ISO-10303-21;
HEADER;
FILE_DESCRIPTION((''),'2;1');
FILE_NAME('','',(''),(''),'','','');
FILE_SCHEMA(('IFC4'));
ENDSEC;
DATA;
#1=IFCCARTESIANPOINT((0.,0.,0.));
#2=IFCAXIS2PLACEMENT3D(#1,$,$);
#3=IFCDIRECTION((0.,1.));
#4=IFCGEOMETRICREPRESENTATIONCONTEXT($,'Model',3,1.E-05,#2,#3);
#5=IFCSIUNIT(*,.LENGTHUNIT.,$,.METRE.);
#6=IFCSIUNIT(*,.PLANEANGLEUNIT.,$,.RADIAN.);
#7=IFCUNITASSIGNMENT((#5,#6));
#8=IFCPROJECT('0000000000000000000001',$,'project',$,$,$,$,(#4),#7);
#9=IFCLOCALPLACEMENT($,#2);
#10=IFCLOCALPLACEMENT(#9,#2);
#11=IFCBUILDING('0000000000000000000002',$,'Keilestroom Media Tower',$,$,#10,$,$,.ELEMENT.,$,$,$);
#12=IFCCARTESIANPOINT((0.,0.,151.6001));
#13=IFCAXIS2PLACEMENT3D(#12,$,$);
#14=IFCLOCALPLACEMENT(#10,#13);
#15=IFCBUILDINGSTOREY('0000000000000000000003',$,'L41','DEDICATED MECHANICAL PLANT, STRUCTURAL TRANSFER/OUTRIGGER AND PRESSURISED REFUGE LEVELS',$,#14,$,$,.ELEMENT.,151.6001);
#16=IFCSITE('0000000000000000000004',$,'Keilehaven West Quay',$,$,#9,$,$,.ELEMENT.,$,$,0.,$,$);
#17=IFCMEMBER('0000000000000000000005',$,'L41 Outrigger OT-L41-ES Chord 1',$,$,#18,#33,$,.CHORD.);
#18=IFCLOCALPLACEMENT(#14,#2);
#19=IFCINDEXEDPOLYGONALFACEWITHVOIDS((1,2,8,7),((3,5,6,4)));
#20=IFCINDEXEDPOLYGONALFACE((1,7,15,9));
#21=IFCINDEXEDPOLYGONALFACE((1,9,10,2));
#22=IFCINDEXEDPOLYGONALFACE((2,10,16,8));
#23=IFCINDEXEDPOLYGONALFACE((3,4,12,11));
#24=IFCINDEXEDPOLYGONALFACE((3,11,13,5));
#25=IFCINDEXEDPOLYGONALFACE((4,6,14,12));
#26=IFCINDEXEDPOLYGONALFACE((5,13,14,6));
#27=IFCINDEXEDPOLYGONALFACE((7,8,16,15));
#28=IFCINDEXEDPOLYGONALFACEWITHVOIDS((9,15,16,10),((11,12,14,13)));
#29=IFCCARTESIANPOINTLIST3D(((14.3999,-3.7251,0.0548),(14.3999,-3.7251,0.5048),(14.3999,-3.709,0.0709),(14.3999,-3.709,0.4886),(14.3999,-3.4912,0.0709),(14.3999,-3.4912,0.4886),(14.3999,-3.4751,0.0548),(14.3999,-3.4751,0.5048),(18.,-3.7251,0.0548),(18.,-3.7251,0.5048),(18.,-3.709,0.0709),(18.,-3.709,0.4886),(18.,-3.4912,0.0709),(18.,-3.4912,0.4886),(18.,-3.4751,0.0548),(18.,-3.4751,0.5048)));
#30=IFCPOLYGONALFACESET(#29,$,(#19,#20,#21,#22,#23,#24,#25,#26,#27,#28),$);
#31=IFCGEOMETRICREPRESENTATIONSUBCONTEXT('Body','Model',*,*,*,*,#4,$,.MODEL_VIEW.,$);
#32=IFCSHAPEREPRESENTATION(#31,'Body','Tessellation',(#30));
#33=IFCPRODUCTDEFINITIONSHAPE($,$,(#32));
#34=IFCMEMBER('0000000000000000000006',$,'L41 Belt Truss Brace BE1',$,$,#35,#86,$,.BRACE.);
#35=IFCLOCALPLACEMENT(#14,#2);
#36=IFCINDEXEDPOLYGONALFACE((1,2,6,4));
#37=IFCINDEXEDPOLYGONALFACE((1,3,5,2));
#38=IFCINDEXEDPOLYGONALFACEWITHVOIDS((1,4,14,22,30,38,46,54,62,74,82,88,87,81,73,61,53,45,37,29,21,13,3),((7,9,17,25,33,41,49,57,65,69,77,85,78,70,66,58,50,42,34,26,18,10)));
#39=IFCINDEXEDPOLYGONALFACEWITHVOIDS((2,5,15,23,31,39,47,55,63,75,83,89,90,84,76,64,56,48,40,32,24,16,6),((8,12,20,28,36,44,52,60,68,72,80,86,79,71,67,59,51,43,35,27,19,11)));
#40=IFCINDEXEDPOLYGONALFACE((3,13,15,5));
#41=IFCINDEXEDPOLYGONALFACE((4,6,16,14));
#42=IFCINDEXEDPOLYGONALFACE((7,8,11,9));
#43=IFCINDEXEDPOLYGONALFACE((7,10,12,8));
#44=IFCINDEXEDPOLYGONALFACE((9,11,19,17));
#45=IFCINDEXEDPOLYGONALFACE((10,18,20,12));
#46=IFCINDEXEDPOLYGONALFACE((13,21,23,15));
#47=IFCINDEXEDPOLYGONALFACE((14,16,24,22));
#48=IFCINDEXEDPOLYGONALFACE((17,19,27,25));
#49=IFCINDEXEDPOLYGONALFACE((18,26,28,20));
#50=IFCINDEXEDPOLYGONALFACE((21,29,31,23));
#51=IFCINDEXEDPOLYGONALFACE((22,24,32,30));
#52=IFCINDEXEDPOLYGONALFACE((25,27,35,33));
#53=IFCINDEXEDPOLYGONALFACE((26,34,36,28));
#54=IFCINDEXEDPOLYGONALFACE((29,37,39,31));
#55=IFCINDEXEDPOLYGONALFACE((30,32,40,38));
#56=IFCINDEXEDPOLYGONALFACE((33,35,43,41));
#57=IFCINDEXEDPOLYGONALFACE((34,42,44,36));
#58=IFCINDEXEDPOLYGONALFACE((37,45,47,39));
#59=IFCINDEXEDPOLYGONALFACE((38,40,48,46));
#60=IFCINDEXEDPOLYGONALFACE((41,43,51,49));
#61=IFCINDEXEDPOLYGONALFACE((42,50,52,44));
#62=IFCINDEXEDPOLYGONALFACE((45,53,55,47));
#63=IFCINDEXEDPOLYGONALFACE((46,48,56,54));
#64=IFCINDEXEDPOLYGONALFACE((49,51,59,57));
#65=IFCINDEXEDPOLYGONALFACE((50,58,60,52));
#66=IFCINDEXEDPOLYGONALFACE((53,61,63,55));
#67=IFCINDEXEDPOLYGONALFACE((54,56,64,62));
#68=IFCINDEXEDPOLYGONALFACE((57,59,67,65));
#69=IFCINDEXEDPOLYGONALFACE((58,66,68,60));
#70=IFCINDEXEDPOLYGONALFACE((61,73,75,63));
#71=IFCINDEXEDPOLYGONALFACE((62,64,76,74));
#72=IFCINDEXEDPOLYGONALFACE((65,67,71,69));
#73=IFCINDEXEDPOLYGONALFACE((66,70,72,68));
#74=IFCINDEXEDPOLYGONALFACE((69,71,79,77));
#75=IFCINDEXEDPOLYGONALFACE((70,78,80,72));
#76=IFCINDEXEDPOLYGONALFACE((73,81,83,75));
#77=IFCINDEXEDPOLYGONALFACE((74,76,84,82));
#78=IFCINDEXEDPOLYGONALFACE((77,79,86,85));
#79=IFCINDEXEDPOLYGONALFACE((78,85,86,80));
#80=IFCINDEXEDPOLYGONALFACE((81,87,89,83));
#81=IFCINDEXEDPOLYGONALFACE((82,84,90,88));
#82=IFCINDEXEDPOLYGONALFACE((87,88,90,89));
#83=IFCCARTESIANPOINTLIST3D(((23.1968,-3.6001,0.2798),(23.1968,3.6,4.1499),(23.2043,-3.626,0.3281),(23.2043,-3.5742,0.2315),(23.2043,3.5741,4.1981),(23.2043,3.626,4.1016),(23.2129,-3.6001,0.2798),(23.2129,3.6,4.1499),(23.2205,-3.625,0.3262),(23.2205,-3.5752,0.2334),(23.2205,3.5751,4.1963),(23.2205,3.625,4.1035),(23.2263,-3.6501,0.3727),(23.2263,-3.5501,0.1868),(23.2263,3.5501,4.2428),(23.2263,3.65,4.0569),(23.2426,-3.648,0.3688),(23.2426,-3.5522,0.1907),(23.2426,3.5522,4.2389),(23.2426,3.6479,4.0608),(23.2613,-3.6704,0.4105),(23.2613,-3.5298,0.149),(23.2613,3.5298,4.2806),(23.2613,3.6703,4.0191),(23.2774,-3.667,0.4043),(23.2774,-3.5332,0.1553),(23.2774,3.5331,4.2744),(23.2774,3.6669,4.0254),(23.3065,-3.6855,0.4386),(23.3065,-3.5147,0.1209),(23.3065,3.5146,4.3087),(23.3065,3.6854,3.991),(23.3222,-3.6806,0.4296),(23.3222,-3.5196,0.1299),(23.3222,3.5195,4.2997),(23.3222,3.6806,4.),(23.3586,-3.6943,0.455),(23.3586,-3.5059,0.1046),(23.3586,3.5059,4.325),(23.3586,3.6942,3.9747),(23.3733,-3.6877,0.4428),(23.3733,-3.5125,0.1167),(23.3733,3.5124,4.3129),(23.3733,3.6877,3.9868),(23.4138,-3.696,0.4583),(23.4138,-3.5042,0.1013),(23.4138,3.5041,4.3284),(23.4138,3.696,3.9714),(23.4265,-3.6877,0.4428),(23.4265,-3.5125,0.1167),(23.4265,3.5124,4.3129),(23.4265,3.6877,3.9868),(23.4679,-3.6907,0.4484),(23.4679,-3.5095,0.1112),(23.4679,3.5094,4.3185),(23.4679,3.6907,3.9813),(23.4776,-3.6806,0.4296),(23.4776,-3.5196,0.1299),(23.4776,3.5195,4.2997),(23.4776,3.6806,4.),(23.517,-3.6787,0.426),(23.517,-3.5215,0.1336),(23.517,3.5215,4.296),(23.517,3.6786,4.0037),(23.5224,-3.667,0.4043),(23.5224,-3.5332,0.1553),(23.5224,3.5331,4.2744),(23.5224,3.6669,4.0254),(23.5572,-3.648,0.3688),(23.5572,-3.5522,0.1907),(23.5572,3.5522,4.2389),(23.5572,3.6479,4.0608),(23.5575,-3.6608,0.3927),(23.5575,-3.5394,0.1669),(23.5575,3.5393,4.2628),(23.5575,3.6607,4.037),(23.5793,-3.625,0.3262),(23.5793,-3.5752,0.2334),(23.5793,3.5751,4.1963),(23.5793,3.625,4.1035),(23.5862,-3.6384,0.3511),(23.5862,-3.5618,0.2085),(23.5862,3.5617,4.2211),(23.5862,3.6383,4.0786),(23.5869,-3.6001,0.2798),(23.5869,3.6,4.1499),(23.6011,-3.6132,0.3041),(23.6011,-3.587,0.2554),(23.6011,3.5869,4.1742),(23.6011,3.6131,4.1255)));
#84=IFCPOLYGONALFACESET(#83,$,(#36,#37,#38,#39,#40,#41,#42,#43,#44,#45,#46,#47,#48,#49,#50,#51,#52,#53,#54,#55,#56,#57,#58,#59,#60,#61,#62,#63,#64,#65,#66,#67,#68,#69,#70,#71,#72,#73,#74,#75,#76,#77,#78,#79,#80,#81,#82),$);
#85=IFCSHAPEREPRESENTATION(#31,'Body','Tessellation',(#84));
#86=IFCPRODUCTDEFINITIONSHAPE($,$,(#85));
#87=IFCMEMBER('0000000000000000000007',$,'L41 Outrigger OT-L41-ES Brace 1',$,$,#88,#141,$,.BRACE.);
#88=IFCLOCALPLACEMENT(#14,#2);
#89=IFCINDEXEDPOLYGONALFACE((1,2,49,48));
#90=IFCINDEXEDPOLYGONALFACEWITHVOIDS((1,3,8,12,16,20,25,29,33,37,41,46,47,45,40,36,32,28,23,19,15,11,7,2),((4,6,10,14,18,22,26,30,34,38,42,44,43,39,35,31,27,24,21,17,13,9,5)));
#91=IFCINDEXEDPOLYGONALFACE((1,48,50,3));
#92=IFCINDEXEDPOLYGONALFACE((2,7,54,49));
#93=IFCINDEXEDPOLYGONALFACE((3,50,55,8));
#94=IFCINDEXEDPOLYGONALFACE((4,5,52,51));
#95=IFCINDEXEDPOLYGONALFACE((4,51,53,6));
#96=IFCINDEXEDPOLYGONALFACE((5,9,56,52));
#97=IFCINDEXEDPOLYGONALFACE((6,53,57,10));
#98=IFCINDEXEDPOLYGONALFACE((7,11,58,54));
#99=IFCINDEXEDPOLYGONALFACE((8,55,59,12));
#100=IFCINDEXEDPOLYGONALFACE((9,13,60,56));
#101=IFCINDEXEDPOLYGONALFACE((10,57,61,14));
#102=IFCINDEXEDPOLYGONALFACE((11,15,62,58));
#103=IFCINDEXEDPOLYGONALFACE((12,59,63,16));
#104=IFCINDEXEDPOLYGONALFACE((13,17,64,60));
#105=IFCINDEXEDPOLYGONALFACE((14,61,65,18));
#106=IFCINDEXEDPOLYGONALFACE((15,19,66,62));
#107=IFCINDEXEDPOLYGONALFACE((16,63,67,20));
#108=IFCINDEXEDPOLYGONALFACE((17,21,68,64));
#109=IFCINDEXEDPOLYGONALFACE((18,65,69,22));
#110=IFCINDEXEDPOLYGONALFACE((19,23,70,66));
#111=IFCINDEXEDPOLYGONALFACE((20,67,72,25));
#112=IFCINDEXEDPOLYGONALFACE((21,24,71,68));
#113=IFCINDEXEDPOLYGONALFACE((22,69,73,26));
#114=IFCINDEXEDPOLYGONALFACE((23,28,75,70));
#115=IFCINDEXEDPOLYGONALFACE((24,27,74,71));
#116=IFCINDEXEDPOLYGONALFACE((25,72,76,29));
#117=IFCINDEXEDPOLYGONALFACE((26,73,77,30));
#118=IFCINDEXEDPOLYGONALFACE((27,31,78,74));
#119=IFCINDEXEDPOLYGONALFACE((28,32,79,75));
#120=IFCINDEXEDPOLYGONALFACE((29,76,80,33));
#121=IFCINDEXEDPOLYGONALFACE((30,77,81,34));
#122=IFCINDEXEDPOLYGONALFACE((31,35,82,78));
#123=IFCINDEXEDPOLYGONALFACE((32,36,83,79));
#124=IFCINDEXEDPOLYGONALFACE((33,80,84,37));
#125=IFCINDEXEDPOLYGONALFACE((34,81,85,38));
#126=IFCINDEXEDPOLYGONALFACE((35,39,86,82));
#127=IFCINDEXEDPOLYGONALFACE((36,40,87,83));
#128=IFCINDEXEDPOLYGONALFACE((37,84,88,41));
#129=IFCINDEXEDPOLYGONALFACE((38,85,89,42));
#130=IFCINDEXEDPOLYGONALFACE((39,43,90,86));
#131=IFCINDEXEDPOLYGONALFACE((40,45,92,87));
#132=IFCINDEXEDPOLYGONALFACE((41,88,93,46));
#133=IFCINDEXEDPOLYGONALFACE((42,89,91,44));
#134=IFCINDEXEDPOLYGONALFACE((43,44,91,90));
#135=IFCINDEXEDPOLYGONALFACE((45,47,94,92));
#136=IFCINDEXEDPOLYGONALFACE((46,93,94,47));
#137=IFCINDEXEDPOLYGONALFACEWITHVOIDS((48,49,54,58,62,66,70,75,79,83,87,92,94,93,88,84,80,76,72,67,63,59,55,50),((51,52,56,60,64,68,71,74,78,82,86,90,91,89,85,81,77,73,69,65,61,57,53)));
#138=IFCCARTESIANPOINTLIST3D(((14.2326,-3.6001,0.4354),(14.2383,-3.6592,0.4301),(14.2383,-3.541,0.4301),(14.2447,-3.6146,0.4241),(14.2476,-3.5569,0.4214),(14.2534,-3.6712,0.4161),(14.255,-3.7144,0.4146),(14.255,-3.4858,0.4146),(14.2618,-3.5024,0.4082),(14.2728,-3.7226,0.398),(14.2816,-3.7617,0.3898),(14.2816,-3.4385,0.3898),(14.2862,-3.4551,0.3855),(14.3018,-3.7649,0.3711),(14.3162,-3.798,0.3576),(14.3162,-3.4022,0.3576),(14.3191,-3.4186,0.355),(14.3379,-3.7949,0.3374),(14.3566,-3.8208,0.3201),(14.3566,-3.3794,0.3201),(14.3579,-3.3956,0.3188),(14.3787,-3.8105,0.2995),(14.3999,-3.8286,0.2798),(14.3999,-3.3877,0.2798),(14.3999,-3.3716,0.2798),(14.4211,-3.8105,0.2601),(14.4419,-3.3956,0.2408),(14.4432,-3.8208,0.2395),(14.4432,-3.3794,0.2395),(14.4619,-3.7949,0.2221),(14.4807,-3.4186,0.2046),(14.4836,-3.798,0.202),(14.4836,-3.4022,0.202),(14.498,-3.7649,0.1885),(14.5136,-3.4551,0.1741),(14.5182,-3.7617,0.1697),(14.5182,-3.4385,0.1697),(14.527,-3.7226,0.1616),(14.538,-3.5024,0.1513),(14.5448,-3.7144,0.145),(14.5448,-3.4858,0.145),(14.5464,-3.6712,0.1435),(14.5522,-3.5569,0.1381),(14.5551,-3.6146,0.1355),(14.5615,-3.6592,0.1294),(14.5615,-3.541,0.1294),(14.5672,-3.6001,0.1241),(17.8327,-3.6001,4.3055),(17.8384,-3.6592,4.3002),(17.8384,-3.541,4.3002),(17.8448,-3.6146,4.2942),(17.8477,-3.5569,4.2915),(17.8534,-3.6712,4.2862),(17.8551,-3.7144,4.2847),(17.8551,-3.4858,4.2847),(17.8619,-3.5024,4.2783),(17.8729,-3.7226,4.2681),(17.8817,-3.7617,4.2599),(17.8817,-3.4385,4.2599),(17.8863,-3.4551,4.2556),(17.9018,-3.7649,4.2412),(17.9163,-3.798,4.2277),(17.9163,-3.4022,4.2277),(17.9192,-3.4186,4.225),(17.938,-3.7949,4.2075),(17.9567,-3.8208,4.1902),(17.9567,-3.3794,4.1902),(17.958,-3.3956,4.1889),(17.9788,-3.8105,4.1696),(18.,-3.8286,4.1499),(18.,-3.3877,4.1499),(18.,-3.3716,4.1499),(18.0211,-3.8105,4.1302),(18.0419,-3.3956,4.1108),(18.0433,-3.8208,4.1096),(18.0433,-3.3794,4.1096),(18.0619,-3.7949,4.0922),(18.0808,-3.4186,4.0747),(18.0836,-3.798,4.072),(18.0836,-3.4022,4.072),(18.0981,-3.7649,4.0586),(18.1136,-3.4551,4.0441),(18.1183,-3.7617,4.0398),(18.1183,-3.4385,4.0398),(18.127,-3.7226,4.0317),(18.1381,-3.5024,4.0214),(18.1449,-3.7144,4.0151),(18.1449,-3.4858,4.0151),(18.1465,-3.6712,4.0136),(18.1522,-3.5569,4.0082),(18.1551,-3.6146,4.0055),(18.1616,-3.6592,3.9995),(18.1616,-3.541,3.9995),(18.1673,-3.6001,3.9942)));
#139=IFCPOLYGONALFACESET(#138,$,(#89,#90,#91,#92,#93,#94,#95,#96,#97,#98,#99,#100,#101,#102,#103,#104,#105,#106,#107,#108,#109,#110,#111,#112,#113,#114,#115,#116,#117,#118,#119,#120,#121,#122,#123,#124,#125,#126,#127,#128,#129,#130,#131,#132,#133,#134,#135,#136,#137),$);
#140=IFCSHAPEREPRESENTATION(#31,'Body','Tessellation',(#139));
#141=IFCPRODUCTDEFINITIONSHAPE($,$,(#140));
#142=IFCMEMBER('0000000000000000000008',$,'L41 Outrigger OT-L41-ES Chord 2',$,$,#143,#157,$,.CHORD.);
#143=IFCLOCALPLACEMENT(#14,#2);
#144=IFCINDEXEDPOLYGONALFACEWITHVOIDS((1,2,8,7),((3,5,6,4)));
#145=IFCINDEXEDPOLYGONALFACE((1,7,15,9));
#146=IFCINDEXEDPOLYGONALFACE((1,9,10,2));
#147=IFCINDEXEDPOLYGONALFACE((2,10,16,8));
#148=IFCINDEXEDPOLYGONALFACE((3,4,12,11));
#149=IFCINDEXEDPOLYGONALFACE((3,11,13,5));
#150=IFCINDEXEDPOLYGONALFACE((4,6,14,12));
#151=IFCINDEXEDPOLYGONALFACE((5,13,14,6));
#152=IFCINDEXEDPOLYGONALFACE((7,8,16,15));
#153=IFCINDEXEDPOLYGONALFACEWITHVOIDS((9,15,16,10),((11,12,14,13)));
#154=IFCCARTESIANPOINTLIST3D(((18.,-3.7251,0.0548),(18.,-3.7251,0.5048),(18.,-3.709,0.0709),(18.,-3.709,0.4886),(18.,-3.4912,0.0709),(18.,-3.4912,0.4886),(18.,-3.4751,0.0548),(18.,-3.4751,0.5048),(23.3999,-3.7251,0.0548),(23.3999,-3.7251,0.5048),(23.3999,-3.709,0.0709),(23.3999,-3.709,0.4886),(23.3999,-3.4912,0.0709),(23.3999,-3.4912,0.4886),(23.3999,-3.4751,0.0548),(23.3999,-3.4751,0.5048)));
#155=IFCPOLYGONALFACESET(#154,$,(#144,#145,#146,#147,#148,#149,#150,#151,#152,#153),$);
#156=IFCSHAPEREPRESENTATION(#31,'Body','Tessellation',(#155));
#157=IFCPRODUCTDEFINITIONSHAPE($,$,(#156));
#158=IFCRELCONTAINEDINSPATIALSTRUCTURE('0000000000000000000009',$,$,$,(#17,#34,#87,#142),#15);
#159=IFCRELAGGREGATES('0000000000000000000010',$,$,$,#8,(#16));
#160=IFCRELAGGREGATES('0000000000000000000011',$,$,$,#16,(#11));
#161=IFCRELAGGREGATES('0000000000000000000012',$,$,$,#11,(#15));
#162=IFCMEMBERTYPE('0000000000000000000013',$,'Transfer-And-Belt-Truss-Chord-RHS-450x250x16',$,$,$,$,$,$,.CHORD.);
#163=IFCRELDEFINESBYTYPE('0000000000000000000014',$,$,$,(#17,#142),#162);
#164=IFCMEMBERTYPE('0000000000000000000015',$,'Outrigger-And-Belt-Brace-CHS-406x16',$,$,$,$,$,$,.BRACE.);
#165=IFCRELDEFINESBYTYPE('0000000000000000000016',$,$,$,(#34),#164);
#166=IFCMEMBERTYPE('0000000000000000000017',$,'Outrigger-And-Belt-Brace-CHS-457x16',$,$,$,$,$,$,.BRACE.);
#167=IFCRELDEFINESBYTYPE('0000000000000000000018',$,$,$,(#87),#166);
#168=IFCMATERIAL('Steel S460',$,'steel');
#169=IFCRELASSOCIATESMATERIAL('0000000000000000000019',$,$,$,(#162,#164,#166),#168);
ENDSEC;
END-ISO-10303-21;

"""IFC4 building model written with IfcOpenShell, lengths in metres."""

from ifc_helpers import new_model, si_unit, direction, frame, origin, origin_2d, place, context, subcontext, project, spatial, hollow_rectangle, hollow_circle, extrude, source, transform, mapped, material, material_profile, profile_set, type_object, element, save


model = new_model("IFC4")

# Units and contexts
model_context = context("Model", 3, precision=1e-05, world=origin(), true_north=direction((0.0, 1.0)))
body_context = subcontext(model_context, "Body", "Model", "MODEL_VIEW")
ifc_project = project(units=[si_unit("LENGTHUNIT", "METRE"), si_unit("PLANEANGLEUNIT", "RADIAN")], contexts=[model_context])

# Site, building, storey
site_placement = place(None, origin())
site = spatial("IfcSite", under=ifc_project, at=site_placement, Name="Keilehaven West Quay", CompositionType="ELEMENT", RefElevation=0.0)
building_placement = place(site_placement, origin())
building = spatial("IfcBuilding", under=site, at=building_placement, Name="Keilestroom Media Tower", CompositionType="ELEMENT")
storey_placement = place(building_placement, frame((0.0, 0.0, 151.6001)))
storey = spatial("IfcBuildingStorey", under=building, at=storey_placement, Name="L41", Description="DEDICATED MECHANICAL PLANT, STRUCTURAL TRANSFER/OUTRIGGER AND PRESSURISED REFUGE LEVELS", CompositionType="ELEMENT", Elevation=151.6001)

# Members
ifc_material_1 = material(Name="Steel S460", Category="steel")
ifc_material_profile_1 = material_profile(ifc_material_1, hollow_rectangle(XDim=0.25, YDim=0.45, WallThickness=0.0161, at=origin_2d()), Name="RHS 450x250x16")
ifc_profile_set_1 = profile_set([ifc_material_profile_1], Name="Steel S460")
member_type_1 = type_object("IfcMemberType", Name="Transfer-And-Belt-Truss-Chord-RHS-450x250x16", PredefinedType="CHORD", material=ifc_profile_set_1)
shared_shape_1 = source(origin(), body_context, "Body", "SweptSolid", [
    extrude(hollow_rectangle(XDim=0.25, YDim=0.45, WallThickness=0.0161, at=origin_2d()), origin(), (0.0, 0.0, 1.0), 3.6001),
])
member_1_placement = place(storey_placement, frame((14.3999, -3.6001, 0.2798), z_axis=(1.0, 0.0, 0.0), x_axis=(0.0, 1.0, 0.0)))
element("IfcMember", 1, at=member_1_placement, inside=storey, type_object=member_type_1, Name="L41 Outrigger OT-L41-ES Chord 1", PredefinedType="CHORD", context=body_context, shape_type="MappedRepresentation", body=[
    mapped(shared_shape_1, transform((0.0, 0.0, 0.0), x_axis=(1.0, 0.0, 0.0), y_axis=(0.0, 1.0, 0.0), z_axis=(0.0, 0.0, 1.0), scale=1.0)),
])
ifc_material_profile_2 = material_profile(ifc_material_1, hollow_circle(Radius=0.2031, WallThickness=0.0161, at=origin_2d()), Name="CHS 406.4x16")
ifc_profile_set_2 = profile_set([ifc_material_profile_2], Name="Steel S460")
member_type_2 = type_object("IfcMemberType", Name="Outrigger-And-Belt-Brace-CHS-406x16", PredefinedType="BRACE", material=ifc_profile_set_2)
shared_shape_2 = source(origin(), body_context, "Body", "SweptSolid", [
    extrude(hollow_circle(Radius=0.2031, WallThickness=0.0161, at=origin_2d()), origin(), (0.0, 0.0, 1.0), 8.1743),
])
member_2_placement = place(storey_placement, frame((23.3999, -3.6001, 0.2798), z_axis=(0.0, 0.880824, 0.473444), x_axis=(-1.0, 0.0, 0.0)))
element("IfcMember", 2, at=member_2_placement, inside=storey, type_object=member_type_2, Name="L41 Belt Truss Brace BE1", PredefinedType="BRACE", context=body_context, shape_type="MappedRepresentation", body=[
    mapped(shared_shape_2, transform((0.0, 0.0, 0.0), x_axis=(1.0, 0.0, 0.0), y_axis=(0.0, 1.0, 0.0), z_axis=(0.0, 0.0, 1.0), scale=1.0)),
])
ifc_material_profile_3 = material_profile(ifc_material_1, hollow_circle(Radius=0.2285, WallThickness=0.0161, at=origin_2d()), Name="CHS 457x16")
ifc_profile_set_3 = profile_set([ifc_material_profile_3], Name="Steel S460")
member_type_3 = type_object("IfcMemberType", Name="Outrigger-And-Belt-Brace-CHS-457x16", PredefinedType="BRACE", material=ifc_profile_set_3)
shared_shape_3 = source(origin(), body_context, "Body", "SweptSolid", [
    extrude(hollow_circle(Radius=0.2285, WallThickness=0.0161, at=origin_2d()), origin(), (0.0, 0.0, 1.0), 5.2856),
])
member_3_placement = place(storey_placement, frame((14.3999, -3.6001, 0.2798), z_axis=(0.681103, 0.0, 0.732188), x_axis=(0.0, 1.0, 0.0)))
element("IfcMember", 3, at=member_3_placement, inside=storey, type_object=member_type_3, Name="L41 Outrigger OT-L41-ES Brace 1", PredefinedType="BRACE", context=body_context, shape_type="MappedRepresentation", body=[
    mapped(shared_shape_3, transform((0.0, 0.0, 0.0), x_axis=(1.0, 0.0, 0.0), y_axis=(0.0, 1.0, 0.0), z_axis=(0.0, 0.0, 1.0), scale=1.0)),
])
shared_shape_4 = source(origin(), body_context, "Body", "SweptSolid", [
    extrude(hollow_rectangle(XDim=0.25, YDim=0.45, WallThickness=0.0161, at=origin_2d()), origin(), (0.0, 0.0, 1.0), 5.3999),
])
member_4_placement = place(storey_placement, frame((18.0, -3.6001, 0.2798), z_axis=(1.0, 0.0, 0.0), x_axis=(0.0, 1.0, 0.0)))
element("IfcMember", 4, at=member_4_placement, inside=storey, type_object=member_type_1, Name="L41 Outrigger OT-L41-ES Chord 2", PredefinedType="CHORD", context=body_context, shape_type="MappedRepresentation", body=[
    mapped(shared_shape_4, transform((0.0, 0.0, 0.0), x_axis=(1.0, 0.0, 0.0), y_axis=(0.0, 1.0, 0.0), z_axis=(0.0, 0.0, 1.0), scale=1.0)),
])

save(model, "model.ifc")
